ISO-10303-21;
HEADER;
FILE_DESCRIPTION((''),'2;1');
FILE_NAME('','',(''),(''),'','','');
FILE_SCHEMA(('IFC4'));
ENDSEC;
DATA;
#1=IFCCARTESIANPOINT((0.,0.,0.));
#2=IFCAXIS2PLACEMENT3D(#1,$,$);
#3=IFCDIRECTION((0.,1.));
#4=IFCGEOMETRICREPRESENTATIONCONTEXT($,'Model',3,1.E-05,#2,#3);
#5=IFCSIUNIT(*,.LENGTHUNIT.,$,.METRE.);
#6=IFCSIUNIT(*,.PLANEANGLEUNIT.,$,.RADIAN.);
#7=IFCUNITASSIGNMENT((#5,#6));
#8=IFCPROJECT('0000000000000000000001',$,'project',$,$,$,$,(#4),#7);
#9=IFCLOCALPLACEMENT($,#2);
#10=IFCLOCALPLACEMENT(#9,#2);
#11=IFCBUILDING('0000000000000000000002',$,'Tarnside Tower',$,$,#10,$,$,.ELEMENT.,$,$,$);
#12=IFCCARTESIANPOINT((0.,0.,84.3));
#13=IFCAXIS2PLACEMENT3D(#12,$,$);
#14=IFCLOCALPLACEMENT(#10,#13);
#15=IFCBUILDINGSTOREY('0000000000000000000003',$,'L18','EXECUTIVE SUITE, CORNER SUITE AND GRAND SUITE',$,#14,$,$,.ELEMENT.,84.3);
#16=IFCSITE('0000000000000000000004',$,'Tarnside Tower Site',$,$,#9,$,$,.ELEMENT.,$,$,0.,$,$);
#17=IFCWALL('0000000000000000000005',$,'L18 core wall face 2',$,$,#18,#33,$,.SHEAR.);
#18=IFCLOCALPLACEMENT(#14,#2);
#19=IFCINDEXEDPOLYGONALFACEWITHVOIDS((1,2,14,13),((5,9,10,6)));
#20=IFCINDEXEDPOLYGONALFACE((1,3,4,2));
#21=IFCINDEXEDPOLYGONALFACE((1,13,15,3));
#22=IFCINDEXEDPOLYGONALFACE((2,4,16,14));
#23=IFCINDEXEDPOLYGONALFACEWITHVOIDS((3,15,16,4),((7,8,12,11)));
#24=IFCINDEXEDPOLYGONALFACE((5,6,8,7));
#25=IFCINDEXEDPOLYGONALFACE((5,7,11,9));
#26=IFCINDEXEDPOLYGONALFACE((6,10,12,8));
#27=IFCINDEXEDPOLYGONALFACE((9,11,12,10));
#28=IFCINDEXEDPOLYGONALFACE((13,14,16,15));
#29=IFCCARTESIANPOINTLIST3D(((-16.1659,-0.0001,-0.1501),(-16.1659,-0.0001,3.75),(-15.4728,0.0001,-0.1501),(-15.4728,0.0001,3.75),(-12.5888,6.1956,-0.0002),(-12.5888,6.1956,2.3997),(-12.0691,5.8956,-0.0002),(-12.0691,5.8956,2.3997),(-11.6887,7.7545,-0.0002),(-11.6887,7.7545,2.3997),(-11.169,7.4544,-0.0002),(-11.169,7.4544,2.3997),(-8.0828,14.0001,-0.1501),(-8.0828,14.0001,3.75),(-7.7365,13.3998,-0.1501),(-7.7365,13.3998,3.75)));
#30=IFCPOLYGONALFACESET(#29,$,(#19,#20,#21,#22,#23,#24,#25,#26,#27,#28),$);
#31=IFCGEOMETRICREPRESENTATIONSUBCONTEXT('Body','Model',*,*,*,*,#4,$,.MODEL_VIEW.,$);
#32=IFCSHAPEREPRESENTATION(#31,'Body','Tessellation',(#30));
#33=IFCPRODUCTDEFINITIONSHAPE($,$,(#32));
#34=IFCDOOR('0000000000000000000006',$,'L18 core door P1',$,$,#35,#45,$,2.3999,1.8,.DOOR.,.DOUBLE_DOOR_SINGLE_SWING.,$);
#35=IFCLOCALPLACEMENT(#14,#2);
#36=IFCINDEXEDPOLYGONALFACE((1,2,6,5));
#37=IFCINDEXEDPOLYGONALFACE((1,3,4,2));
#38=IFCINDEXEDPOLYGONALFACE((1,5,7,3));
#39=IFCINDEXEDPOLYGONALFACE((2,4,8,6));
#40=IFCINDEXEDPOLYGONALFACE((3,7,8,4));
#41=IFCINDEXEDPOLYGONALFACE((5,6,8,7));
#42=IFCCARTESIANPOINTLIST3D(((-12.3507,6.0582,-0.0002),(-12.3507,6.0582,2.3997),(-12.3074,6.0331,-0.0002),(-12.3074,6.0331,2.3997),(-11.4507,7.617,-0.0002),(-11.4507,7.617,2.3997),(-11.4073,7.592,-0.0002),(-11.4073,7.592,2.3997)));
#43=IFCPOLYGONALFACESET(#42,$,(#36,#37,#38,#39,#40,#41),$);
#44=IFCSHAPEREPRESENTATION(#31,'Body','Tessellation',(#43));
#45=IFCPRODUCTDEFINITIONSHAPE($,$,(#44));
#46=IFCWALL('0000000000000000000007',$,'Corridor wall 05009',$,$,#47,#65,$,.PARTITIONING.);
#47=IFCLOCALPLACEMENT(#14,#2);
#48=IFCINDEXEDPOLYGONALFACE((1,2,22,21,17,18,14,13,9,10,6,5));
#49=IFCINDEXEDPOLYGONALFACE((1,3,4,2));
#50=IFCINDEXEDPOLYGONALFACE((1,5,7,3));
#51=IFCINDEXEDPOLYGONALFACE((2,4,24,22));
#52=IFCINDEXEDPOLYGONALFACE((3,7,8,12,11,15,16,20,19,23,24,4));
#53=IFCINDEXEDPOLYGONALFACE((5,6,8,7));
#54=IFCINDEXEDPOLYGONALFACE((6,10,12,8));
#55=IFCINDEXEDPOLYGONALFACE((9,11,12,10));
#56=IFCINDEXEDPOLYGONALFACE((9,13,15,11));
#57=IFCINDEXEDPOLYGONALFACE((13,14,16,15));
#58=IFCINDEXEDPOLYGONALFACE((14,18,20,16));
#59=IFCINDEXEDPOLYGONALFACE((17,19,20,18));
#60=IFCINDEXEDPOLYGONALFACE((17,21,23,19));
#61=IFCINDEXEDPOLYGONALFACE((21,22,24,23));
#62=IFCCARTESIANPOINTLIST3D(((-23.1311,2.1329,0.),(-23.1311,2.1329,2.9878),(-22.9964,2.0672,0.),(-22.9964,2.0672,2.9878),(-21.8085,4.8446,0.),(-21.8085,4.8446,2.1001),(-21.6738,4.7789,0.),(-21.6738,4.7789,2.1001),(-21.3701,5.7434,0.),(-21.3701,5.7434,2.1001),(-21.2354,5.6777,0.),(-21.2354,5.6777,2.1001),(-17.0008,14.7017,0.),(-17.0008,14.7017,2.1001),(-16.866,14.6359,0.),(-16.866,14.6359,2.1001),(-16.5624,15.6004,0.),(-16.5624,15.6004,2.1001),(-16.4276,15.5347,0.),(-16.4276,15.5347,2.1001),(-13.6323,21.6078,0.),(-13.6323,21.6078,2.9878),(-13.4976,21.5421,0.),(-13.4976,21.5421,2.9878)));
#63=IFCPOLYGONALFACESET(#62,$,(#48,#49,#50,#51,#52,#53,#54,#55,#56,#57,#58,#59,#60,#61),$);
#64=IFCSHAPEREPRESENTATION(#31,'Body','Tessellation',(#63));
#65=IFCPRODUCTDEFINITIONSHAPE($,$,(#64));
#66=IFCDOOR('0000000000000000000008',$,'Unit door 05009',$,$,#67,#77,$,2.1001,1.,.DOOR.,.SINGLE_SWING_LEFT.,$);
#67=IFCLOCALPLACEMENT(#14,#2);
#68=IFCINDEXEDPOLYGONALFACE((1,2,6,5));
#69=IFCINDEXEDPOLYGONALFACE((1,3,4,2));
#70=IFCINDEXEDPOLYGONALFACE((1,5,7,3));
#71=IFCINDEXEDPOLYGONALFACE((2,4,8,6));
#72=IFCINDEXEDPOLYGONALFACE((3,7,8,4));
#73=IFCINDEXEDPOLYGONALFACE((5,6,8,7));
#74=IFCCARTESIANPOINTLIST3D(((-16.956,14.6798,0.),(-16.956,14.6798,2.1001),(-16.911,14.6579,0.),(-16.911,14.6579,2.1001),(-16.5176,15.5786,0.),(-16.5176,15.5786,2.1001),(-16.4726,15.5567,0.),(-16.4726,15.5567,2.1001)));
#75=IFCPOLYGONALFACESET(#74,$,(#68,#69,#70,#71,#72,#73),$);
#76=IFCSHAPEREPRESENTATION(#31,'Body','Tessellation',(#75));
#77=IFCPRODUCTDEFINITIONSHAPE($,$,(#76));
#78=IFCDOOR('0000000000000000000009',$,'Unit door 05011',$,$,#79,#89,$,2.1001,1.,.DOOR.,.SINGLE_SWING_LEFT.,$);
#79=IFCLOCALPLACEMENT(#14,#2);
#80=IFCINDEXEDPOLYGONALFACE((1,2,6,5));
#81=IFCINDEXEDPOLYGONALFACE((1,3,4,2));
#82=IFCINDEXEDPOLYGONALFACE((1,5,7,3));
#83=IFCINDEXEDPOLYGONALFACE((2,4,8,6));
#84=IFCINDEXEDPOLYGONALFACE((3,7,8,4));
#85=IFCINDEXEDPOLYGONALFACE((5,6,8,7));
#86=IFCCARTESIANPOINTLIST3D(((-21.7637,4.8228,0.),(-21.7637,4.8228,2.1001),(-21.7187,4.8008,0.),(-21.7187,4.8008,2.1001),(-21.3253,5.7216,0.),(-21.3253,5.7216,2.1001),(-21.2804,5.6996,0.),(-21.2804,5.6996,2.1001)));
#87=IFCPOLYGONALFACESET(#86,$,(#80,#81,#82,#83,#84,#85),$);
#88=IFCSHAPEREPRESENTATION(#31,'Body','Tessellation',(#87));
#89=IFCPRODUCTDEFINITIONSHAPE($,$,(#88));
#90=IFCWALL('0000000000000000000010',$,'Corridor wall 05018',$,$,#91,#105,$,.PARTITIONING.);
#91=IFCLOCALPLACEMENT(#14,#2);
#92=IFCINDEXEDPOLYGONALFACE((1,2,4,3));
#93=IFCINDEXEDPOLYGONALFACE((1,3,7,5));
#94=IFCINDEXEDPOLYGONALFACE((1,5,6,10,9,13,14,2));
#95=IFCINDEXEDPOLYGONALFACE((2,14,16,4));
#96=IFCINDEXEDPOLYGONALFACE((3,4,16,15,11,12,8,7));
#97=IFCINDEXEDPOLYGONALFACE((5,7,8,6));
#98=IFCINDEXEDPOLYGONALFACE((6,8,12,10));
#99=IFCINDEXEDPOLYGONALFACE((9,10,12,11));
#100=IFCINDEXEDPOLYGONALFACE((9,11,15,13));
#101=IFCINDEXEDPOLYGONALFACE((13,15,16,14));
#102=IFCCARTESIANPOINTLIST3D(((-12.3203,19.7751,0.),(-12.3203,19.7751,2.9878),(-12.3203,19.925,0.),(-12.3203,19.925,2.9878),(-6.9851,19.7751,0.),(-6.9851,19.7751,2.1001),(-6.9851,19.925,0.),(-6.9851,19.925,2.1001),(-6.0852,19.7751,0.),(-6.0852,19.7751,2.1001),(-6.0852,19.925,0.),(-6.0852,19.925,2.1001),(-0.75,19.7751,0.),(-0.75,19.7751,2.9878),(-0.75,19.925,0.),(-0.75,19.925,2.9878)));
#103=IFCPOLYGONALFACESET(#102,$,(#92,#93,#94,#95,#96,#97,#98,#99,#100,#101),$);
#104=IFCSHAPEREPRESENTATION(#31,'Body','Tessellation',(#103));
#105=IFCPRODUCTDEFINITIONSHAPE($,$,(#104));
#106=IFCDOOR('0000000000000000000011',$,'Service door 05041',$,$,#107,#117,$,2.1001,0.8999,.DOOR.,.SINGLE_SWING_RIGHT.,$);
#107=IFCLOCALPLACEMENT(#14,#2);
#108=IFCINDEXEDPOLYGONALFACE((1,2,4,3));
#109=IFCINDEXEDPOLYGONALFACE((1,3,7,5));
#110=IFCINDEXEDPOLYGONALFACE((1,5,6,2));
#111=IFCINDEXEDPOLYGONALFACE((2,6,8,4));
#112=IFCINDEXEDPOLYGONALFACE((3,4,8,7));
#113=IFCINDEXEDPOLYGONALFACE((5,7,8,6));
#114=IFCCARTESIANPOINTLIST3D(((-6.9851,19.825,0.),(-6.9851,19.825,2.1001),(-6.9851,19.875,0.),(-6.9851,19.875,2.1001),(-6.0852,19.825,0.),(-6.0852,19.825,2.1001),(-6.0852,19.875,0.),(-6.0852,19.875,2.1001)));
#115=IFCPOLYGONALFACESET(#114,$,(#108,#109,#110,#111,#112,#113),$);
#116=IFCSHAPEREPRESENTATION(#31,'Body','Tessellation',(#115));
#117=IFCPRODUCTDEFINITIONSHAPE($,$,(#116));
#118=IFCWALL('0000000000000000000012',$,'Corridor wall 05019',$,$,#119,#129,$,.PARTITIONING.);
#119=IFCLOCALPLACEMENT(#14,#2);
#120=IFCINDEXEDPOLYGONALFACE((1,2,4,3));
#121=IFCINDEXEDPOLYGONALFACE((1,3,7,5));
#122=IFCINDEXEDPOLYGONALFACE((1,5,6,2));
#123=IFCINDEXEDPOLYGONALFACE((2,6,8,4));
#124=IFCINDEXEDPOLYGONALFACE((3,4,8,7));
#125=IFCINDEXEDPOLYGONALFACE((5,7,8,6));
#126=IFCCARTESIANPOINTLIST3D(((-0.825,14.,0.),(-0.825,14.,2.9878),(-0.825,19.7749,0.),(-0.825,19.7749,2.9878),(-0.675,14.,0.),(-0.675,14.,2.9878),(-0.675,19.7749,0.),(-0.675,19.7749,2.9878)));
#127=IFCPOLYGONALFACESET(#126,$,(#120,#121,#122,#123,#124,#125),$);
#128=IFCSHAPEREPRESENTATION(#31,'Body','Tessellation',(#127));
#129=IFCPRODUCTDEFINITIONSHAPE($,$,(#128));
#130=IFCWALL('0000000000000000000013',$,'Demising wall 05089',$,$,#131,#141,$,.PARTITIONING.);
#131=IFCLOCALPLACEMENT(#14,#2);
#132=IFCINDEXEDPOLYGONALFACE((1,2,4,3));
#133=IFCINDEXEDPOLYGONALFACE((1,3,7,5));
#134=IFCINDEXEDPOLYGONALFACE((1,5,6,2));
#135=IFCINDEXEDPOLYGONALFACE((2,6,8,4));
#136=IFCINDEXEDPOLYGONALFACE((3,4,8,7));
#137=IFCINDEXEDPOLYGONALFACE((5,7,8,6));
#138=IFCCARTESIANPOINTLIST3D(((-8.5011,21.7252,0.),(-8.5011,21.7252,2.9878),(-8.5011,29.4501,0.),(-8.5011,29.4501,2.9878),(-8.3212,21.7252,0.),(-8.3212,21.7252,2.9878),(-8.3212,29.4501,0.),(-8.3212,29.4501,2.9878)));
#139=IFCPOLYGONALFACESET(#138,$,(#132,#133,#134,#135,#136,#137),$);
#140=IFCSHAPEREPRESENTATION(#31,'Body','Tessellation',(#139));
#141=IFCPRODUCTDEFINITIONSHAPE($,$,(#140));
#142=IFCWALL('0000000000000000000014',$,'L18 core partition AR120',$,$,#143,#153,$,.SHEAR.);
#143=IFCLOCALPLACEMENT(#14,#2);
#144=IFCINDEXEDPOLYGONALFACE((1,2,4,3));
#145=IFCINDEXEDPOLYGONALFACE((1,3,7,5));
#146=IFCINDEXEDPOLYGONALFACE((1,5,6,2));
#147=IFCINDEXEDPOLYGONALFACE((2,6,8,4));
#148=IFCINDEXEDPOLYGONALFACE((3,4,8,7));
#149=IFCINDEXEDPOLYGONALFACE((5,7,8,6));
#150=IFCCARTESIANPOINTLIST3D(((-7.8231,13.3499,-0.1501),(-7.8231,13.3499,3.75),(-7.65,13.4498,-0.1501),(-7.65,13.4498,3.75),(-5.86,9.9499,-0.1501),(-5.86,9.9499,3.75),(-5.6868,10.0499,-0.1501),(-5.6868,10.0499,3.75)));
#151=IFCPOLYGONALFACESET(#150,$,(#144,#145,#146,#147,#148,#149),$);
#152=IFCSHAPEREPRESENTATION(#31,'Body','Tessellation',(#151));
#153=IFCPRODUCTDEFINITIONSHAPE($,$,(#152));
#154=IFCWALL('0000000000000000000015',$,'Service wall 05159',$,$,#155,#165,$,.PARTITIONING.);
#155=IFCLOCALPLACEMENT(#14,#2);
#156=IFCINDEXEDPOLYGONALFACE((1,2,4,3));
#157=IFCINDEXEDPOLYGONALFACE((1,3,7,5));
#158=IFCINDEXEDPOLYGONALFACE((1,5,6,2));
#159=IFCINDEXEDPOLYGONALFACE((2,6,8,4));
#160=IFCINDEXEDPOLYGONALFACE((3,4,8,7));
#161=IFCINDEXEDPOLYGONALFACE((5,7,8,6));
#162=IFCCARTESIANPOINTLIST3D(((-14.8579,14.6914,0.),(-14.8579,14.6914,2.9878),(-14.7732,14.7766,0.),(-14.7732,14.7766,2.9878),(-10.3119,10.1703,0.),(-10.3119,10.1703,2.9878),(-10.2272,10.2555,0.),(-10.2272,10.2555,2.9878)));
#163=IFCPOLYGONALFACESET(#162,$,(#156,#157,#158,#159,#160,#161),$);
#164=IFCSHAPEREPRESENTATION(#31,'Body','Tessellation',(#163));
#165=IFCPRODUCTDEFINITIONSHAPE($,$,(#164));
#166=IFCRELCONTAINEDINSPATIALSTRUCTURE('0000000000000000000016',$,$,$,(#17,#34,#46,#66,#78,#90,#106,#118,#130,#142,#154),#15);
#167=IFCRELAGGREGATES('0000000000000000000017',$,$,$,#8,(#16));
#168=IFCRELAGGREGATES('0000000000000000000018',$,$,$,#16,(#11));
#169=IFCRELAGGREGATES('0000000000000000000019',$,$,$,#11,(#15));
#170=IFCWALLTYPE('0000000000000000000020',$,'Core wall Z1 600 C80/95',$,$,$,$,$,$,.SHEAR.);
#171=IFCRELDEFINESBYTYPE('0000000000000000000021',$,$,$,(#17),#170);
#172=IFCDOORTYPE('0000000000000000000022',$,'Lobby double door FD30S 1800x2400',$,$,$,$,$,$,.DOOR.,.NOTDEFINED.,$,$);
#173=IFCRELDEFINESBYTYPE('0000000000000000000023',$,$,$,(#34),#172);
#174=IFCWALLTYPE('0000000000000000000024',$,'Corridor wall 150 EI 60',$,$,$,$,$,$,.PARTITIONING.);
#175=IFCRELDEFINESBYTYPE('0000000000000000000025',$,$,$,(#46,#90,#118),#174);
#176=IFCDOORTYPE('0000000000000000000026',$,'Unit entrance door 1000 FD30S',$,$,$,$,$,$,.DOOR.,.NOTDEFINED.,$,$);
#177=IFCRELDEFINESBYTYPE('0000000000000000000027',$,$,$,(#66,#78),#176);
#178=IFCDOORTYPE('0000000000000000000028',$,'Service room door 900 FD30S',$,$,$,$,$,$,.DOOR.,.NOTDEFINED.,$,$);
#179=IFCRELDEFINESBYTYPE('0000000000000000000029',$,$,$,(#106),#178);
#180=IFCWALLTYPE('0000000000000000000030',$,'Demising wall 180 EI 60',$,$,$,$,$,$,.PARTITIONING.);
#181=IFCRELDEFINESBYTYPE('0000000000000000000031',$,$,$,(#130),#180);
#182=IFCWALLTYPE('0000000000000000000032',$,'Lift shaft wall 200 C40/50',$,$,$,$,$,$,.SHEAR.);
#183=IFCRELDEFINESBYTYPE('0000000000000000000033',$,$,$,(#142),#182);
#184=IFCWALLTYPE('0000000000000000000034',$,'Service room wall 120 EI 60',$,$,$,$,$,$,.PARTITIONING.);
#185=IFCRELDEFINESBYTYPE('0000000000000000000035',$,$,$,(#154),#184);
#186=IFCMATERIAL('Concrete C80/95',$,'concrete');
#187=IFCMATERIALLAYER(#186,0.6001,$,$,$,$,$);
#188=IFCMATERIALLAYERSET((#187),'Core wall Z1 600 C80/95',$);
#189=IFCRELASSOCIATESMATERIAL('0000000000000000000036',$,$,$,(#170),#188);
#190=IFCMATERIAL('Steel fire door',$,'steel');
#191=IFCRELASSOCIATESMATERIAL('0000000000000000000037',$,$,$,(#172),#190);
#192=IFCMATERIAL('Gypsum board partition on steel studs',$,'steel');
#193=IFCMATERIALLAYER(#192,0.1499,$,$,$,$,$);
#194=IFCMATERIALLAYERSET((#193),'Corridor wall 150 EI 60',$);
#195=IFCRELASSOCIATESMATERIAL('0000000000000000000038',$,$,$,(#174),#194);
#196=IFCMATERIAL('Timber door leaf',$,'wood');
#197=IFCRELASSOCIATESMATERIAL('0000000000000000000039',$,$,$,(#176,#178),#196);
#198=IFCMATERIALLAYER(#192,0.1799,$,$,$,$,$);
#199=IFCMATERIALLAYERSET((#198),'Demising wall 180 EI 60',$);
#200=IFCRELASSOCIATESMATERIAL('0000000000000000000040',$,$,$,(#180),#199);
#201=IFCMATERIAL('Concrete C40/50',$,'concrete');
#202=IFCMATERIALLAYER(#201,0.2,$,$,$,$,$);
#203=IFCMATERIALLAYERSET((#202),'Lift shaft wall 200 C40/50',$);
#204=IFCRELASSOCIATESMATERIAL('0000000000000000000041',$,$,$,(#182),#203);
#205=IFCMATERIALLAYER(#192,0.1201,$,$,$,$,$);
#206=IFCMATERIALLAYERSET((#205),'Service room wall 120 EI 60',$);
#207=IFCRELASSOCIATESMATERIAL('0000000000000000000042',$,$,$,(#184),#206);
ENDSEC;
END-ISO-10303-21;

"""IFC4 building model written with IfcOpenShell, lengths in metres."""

from ifc_helpers import new_model, si_unit, direction, frame, frame_2d, origin, place, context, subcontext, project, spatial, polyline, rectangle, outline, extrude, material, layer, layer_set, type_object, element, fill, save


model = new_model("IFC4")

# Units and contexts
model_context = context("Model", 3, precision=1e-05, world=origin(), true_north=direction((0.0, 1.0)))
body_context = subcontext(model_context, "Body", "Model", "MODEL_VIEW")
ifc_project = project(units=[si_unit("LENGTHUNIT", "METRE"), si_unit("PLANEANGLEUNIT", "RADIAN")], contexts=[model_context])

# Site, building, storey
site_placement = place(None, origin())
site = spatial("IfcSite", under=ifc_project, at=site_placement, Name="Tarnside Tower Site", CompositionType="ELEMENT", RefElevation=0.0)
building_placement = place(site_placement, origin())
building = spatial("IfcBuilding", under=site, at=building_placement, Name="Tarnside Tower", CompositionType="ELEMENT")
storey_placement = place(building_placement, frame((0.0, 0.0, 84.3)))
storey = spatial("IfcBuildingStorey", under=building, at=storey_placement, Name="L18", Description="EXECUTIVE SUITE, CORNER SUITE AND GRAND SUITE", CompositionType="ELEMENT", Elevation=84.3)

# Shared definitions
ifc_material_1 = material(Name="Gypsum board partition on steel studs", Category="steel")
ifc_material_2 = material(Name="Timber door leaf", Category="wood")

# Wall, opening, door
ifc_material_3 = material(Name="Concrete C80/95", Category="concrete")
ifc_layer_1 = layer(ifc_material_3, 0.6001)
ifc_layer_set_1 = layer_set([ifc_layer_1], Name="Core wall Z1 600 C80/95")
wall_type_1 = type_object("IfcWallType", Name="Core wall Z1 600 C80/95", PredefinedType="SHEAR", material=ifc_layer_set_1)
wall_1_placement = place(storey_placement, frame((-7.9097, 13.7, -0.1501), z_axis=(0.0, 0.0, 1.0), x_axis=(-0.5, -0.866025, 0.0)))
wall_1 = element("IfcWall", 1, at=wall_1_placement, inside=storey, type_object=wall_type_1, Name="L18 core wall face 2", PredefinedType="SHEAR", context=body_context, shape_type="SweptSolid", body=[
    extrude(outline(polyline([(-0.1733, -0.3), (15.9927, -0.3), (15.646, 0.3), (0.1733, 0.3), (-0.1733, -0.3)])), origin(), (0.0, 0.0, 1.0), 3.9001),
])
opening_1_placement = place(wall_1_placement, frame((7.0386, 0.0, 0.1499)))
opening_1 = element("IfcOpeningElement", 2, at=opening_1_placement, cuts=wall_1, PredefinedType="OPENING", context=body_context, shape_type="SweptSolid", body=[
    extrude(rectangle(XDim=1.8, YDim=2.3999, at=frame_2d((0.8999, 1.2))), frame((0.0, 0.3101, 0.0), z_axis=(0.0, -1.0, 0.0), x_axis=(1.0, 0.0, 0.0)), (0.0, 0.0, 1.0), 0.6201),
])
ifc_material_4 = material(Name="Steel fire door", Category="steel")
door_type_1 = type_object("IfcDoorType", Name="Lobby double door FD30S 1800x2400", OperationType="NOTDEFINED", PredefinedType="DOOR", material=ifc_material_4)
door_1_placement = place(opening_1_placement, origin())
door_1 = element("IfcDoor", 3, at=door_1_placement, inside=storey, type_object=door_type_1, Name="L18 core door P1", OperationType="DOUBLE_DOOR_SINGLE_SWING", OverallHeight=2.3999, OverallWidth=1.8, PredefinedType="DOOR", context=body_context, shape_type="SweptSolid", body=[
    extrude(rectangle(XDim=1.8, YDim=2.3999, at=frame_2d((0.8999, 1.2))), frame((0.0, 0.0249, 0.0), z_axis=(0.0, -1.0, 0.0), x_axis=(1.0, 0.0, 0.0)), (0.0, 0.0, 1.0), 0.05),
])
fill(opening_1, door_1)

# Wall, openings, doors
ifc_layer_2 = layer(ifc_material_1, 0.1499)
ifc_layer_set_2 = layer_set([ifc_layer_2], Name="Corridor wall 150 EI 60")
wall_type_2 = type_object("IfcWallType", Name="Corridor wall 150 EI 60", PredefinedType="PARTITIONING", material=ifc_layer_set_2)
wall_2_placement = place(storey_placement, frame((-13.5649, 21.575, 0.0), z_axis=(0.0, 0.0, 1.0), x_axis=(-0.438381, -0.898789, 0.0)))
wall_2 = element("IfcWall", 4, at=wall_2_placement, inside=storey, type_object=wall_type_2, Name="Corridor wall 05009", PredefinedType="PARTITIONING", context=body_context, shape_type="SweptSolid", body=[
    extrude(rectangle(XDim=21.668, YDim=0.1499, at=frame_2d((10.834, 0.0))), origin(), (0.0, 0.0, 1.0), 2.9878),
])
opening_2_placement = place(wall_2_placement, frame((6.6838, 0.0, 0.0)))
opening_2 = element("IfcOpeningElement", 5, at=opening_2_placement, cuts=wall_2, PredefinedType="OPENING", context=body_context, shape_type="SweptSolid", body=[
    extrude(rectangle(XDim=1.0, YDim=2.1001, at=frame_2d((0.5, 1.05))), frame((0.0, 0.085, 0.0), z_axis=(0.0, -1.0, 0.0), x_axis=(1.0, 0.0, 0.0)), (0.0, 0.0, 1.0), 0.1699),
])
opening_3_placement = place(wall_2_placement, frame((17.6509, 0.0, 0.0)))
opening_3 = element("IfcOpeningElement", 6, at=opening_3_placement, cuts=wall_2, PredefinedType="OPENING", context=body_context, shape_type="SweptSolid", body=[
    extrude(rectangle(XDim=1.0, YDim=2.1001, at=frame_2d((0.5, 1.05))), frame((0.0, 0.085, 0.0), z_axis=(0.0, -1.0, 0.0), x_axis=(1.0, 0.0, 0.0)), (0.0, 0.0, 1.0), 0.1699),
])
door_type_2 = type_object("IfcDoorType", Name="Unit entrance door 1000 FD30S", OperationType="NOTDEFINED", PredefinedType="DOOR", material=ifc_material_2)
door_2_placement = place(opening_2_placement, origin())
door_2 = element("IfcDoor", 7, at=door_2_placement, inside=storey, type_object=door_type_2, Name="Unit door 05009", OperationType="SINGLE_SWING_LEFT", OverallHeight=2.1001, OverallWidth=1.0, PredefinedType="DOOR", context=body_context, shape_type="SweptSolid", body=[
    extrude(rectangle(XDim=1.0, YDim=2.1001, at=frame_2d((0.5, 1.05))), frame((0.0, 0.0249, 0.0), z_axis=(0.0, -1.0, 0.0), x_axis=(1.0, 0.0, 0.0)), (0.0, 0.0, 1.0), 0.05),
])
fill(opening_2, door_2)
door_3_placement = place(opening_3_placement, origin())
door_3 = element("IfcDoor", 8, at=door_3_placement, inside=storey, type_object=door_type_2, Name="Unit door 05011", OperationType="SINGLE_SWING_LEFT", OverallHeight=2.1001, OverallWidth=1.0, PredefinedType="DOOR", context=body_context, shape_type="SweptSolid", body=[
    extrude(rectangle(XDim=1.0, YDim=2.1001, at=frame_2d((0.5, 1.05))), frame((0.0, 0.0249, 0.0), z_axis=(0.0, -1.0, 0.0), x_axis=(1.0, 0.0, 0.0)), (0.0, 0.0, 1.0), 0.05),
])
fill(opening_3, door_3)

# Wall, opening, door
wall_3_placement = place(storey_placement, frame((-12.3203, 19.8501, 0.0), z_axis=(0.0, 0.0, 1.0), x_axis=(1.0, 0.0, 0.0)))
wall_3 = element("IfcWall", 9, at=wall_3_placement, inside=storey, type_object=wall_type_2, Name="Corridor wall 05018", PredefinedType="PARTITIONING", context=body_context, shape_type="SweptSolid", body=[
    extrude(rectangle(XDim=11.5703, YDim=0.1499, at=frame_2d((5.7852, 0.0))), origin(), (0.0, 0.0, 1.0), 2.9878),
])
opening_4_placement = place(wall_3_placement, frame((5.3352, 0.0, 0.0)))
opening_4 = element("IfcOpeningElement", 10, at=opening_4_placement, cuts=wall_3, PredefinedType="OPENING", context=body_context, shape_type="SweptSolid", body=[
    extrude(rectangle(XDim=0.8999, YDim=2.1001, at=frame_2d((0.45, 1.05))), frame((0.0, 0.085, 0.0), z_axis=(0.0, -1.0, 0.0), x_axis=(1.0, 0.0, 0.0)), (0.0, 0.0, 1.0), 0.1699),
])
door_type_3 = type_object("IfcDoorType", Name="Service room door 900 FD30S", OperationType="NOTDEFINED", PredefinedType="DOOR", material=ifc_material_2)
door_4_placement = place(opening_4_placement, origin())
door_4 = element("IfcDoor", 11, at=door_4_placement, inside=storey, type_object=door_type_3, Name="Service door 05041", OperationType="SINGLE_SWING_RIGHT", OverallHeight=2.1001, OverallWidth=0.8999, PredefinedType="DOOR", context=body_context, shape_type="SweptSolid", body=[
    extrude(rectangle(XDim=0.8999, YDim=2.1001, at=frame_2d((0.45, 1.05))), frame((0.0, 0.0249, 0.0), z_axis=(0.0, -1.0, 0.0), x_axis=(1.0, 0.0, 0.0)), (0.0, 0.0, 1.0), 0.05),
])
fill(opening_4, door_4)

# Walls
wall_4_placement = place(storey_placement, frame((-0.75, 19.7749, 0.0), z_axis=(0.0, 0.0, 1.0), x_axis=(0.0, -1.0, 0.0)))
element("IfcWall", 12, at=wall_4_placement, inside=storey, type_object=wall_type_2, Name="Corridor wall 05019", PredefinedType="PARTITIONING", context=body_context, shape_type="SweptSolid", body=[
    extrude(rectangle(XDim=5.7749, YDim=0.1499, at=frame_2d((2.8875, 0.0))), origin(), (0.0, 0.0, 1.0), 2.9878),
])
ifc_layer_3 = layer(ifc_material_1, 0.1799)
ifc_layer_set_3 = layer_set([ifc_layer_3], Name="Demising wall 180 EI 60")
wall_type_3 = type_object("IfcWallType", Name="Demising wall 180 EI 60", PredefinedType="PARTITIONING", material=ifc_layer_set_3)
wall_5_placement = place(storey_placement, frame((-8.4111, 29.45, 0.0), z_axis=(0.0, 0.0, 1.0), x_axis=(0.0, -1.0, 0.0)))
element("IfcWall", 13, at=wall_5_placement, inside=storey, type_object=wall_type_3, Name="Demising wall 05089", PredefinedType="PARTITIONING", context=body_context, shape_type="SweptSolid", body=[
    extrude(rectangle(XDim=7.7249, YDim=0.1799, at=frame_2d((3.8623, 0.0))), origin(), (0.0, 0.0, 1.0), 2.9878),
])
ifc_material_5 = material(Name="Concrete C40/50", Category="concrete")
ifc_layer_4 = layer(ifc_material_5, 0.2)
ifc_layer_set_4 = layer_set([ifc_layer_4], Name="Lift shaft wall 200 C40/50")
wall_type_4 = type_object("IfcWallType", Name="Lift shaft wall 200 C40/50", PredefinedType="SHEAR", material=ifc_layer_set_4)
wall_6_placement = place(storey_placement, frame((-5.7734, 10.0, -0.1501), z_axis=(0.0, 0.0, 1.0), x_axis=(-0.500038, 0.866003, 0.0)))
element("IfcWall", 14, at=wall_6_placement, inside=storey, type_object=wall_type_4, Name="L18 core partition AR120", PredefinedType="SHEAR", context=body_context, shape_type="SweptSolid", body=[
    extrude(rectangle(XDim=3.926, YDim=0.2, at=frame_2d((1.9629, 0.0))), origin(), (0.0, 0.0, 1.0), 3.9001),
])
ifc_layer_5 = layer(ifc_material_1, 0.1201)
ifc_layer_set_5 = layer_set([ifc_layer_5], Name="Service room wall 120 EI 60")
wall_type_5 = type_object("IfcWallType", Name="Service room wall 120 EI 60", PredefinedType="PARTITIONING", material=ifc_layer_set_5)
wall_7_placement = place(storey_placement, frame((-14.8154, 14.7339, 0.0), z_axis=(0.0, 0.0, 1.0), x_axis=(0.709046, -0.705162, 0.0)))
element("IfcWall", 15, at=wall_7_placement, inside=storey, type_object=wall_type_5, Name="Service wall 05159", PredefinedType="PARTITIONING", context=body_context, shape_type="SweptSolid", body=[
    extrude(rectangle(XDim=6.4114, YDim=0.1201, at=frame_2d((3.2056, 0.0))), origin(), (0.0, 0.0, 1.0), 2.9878),
])

save(model, "model.ifc")
